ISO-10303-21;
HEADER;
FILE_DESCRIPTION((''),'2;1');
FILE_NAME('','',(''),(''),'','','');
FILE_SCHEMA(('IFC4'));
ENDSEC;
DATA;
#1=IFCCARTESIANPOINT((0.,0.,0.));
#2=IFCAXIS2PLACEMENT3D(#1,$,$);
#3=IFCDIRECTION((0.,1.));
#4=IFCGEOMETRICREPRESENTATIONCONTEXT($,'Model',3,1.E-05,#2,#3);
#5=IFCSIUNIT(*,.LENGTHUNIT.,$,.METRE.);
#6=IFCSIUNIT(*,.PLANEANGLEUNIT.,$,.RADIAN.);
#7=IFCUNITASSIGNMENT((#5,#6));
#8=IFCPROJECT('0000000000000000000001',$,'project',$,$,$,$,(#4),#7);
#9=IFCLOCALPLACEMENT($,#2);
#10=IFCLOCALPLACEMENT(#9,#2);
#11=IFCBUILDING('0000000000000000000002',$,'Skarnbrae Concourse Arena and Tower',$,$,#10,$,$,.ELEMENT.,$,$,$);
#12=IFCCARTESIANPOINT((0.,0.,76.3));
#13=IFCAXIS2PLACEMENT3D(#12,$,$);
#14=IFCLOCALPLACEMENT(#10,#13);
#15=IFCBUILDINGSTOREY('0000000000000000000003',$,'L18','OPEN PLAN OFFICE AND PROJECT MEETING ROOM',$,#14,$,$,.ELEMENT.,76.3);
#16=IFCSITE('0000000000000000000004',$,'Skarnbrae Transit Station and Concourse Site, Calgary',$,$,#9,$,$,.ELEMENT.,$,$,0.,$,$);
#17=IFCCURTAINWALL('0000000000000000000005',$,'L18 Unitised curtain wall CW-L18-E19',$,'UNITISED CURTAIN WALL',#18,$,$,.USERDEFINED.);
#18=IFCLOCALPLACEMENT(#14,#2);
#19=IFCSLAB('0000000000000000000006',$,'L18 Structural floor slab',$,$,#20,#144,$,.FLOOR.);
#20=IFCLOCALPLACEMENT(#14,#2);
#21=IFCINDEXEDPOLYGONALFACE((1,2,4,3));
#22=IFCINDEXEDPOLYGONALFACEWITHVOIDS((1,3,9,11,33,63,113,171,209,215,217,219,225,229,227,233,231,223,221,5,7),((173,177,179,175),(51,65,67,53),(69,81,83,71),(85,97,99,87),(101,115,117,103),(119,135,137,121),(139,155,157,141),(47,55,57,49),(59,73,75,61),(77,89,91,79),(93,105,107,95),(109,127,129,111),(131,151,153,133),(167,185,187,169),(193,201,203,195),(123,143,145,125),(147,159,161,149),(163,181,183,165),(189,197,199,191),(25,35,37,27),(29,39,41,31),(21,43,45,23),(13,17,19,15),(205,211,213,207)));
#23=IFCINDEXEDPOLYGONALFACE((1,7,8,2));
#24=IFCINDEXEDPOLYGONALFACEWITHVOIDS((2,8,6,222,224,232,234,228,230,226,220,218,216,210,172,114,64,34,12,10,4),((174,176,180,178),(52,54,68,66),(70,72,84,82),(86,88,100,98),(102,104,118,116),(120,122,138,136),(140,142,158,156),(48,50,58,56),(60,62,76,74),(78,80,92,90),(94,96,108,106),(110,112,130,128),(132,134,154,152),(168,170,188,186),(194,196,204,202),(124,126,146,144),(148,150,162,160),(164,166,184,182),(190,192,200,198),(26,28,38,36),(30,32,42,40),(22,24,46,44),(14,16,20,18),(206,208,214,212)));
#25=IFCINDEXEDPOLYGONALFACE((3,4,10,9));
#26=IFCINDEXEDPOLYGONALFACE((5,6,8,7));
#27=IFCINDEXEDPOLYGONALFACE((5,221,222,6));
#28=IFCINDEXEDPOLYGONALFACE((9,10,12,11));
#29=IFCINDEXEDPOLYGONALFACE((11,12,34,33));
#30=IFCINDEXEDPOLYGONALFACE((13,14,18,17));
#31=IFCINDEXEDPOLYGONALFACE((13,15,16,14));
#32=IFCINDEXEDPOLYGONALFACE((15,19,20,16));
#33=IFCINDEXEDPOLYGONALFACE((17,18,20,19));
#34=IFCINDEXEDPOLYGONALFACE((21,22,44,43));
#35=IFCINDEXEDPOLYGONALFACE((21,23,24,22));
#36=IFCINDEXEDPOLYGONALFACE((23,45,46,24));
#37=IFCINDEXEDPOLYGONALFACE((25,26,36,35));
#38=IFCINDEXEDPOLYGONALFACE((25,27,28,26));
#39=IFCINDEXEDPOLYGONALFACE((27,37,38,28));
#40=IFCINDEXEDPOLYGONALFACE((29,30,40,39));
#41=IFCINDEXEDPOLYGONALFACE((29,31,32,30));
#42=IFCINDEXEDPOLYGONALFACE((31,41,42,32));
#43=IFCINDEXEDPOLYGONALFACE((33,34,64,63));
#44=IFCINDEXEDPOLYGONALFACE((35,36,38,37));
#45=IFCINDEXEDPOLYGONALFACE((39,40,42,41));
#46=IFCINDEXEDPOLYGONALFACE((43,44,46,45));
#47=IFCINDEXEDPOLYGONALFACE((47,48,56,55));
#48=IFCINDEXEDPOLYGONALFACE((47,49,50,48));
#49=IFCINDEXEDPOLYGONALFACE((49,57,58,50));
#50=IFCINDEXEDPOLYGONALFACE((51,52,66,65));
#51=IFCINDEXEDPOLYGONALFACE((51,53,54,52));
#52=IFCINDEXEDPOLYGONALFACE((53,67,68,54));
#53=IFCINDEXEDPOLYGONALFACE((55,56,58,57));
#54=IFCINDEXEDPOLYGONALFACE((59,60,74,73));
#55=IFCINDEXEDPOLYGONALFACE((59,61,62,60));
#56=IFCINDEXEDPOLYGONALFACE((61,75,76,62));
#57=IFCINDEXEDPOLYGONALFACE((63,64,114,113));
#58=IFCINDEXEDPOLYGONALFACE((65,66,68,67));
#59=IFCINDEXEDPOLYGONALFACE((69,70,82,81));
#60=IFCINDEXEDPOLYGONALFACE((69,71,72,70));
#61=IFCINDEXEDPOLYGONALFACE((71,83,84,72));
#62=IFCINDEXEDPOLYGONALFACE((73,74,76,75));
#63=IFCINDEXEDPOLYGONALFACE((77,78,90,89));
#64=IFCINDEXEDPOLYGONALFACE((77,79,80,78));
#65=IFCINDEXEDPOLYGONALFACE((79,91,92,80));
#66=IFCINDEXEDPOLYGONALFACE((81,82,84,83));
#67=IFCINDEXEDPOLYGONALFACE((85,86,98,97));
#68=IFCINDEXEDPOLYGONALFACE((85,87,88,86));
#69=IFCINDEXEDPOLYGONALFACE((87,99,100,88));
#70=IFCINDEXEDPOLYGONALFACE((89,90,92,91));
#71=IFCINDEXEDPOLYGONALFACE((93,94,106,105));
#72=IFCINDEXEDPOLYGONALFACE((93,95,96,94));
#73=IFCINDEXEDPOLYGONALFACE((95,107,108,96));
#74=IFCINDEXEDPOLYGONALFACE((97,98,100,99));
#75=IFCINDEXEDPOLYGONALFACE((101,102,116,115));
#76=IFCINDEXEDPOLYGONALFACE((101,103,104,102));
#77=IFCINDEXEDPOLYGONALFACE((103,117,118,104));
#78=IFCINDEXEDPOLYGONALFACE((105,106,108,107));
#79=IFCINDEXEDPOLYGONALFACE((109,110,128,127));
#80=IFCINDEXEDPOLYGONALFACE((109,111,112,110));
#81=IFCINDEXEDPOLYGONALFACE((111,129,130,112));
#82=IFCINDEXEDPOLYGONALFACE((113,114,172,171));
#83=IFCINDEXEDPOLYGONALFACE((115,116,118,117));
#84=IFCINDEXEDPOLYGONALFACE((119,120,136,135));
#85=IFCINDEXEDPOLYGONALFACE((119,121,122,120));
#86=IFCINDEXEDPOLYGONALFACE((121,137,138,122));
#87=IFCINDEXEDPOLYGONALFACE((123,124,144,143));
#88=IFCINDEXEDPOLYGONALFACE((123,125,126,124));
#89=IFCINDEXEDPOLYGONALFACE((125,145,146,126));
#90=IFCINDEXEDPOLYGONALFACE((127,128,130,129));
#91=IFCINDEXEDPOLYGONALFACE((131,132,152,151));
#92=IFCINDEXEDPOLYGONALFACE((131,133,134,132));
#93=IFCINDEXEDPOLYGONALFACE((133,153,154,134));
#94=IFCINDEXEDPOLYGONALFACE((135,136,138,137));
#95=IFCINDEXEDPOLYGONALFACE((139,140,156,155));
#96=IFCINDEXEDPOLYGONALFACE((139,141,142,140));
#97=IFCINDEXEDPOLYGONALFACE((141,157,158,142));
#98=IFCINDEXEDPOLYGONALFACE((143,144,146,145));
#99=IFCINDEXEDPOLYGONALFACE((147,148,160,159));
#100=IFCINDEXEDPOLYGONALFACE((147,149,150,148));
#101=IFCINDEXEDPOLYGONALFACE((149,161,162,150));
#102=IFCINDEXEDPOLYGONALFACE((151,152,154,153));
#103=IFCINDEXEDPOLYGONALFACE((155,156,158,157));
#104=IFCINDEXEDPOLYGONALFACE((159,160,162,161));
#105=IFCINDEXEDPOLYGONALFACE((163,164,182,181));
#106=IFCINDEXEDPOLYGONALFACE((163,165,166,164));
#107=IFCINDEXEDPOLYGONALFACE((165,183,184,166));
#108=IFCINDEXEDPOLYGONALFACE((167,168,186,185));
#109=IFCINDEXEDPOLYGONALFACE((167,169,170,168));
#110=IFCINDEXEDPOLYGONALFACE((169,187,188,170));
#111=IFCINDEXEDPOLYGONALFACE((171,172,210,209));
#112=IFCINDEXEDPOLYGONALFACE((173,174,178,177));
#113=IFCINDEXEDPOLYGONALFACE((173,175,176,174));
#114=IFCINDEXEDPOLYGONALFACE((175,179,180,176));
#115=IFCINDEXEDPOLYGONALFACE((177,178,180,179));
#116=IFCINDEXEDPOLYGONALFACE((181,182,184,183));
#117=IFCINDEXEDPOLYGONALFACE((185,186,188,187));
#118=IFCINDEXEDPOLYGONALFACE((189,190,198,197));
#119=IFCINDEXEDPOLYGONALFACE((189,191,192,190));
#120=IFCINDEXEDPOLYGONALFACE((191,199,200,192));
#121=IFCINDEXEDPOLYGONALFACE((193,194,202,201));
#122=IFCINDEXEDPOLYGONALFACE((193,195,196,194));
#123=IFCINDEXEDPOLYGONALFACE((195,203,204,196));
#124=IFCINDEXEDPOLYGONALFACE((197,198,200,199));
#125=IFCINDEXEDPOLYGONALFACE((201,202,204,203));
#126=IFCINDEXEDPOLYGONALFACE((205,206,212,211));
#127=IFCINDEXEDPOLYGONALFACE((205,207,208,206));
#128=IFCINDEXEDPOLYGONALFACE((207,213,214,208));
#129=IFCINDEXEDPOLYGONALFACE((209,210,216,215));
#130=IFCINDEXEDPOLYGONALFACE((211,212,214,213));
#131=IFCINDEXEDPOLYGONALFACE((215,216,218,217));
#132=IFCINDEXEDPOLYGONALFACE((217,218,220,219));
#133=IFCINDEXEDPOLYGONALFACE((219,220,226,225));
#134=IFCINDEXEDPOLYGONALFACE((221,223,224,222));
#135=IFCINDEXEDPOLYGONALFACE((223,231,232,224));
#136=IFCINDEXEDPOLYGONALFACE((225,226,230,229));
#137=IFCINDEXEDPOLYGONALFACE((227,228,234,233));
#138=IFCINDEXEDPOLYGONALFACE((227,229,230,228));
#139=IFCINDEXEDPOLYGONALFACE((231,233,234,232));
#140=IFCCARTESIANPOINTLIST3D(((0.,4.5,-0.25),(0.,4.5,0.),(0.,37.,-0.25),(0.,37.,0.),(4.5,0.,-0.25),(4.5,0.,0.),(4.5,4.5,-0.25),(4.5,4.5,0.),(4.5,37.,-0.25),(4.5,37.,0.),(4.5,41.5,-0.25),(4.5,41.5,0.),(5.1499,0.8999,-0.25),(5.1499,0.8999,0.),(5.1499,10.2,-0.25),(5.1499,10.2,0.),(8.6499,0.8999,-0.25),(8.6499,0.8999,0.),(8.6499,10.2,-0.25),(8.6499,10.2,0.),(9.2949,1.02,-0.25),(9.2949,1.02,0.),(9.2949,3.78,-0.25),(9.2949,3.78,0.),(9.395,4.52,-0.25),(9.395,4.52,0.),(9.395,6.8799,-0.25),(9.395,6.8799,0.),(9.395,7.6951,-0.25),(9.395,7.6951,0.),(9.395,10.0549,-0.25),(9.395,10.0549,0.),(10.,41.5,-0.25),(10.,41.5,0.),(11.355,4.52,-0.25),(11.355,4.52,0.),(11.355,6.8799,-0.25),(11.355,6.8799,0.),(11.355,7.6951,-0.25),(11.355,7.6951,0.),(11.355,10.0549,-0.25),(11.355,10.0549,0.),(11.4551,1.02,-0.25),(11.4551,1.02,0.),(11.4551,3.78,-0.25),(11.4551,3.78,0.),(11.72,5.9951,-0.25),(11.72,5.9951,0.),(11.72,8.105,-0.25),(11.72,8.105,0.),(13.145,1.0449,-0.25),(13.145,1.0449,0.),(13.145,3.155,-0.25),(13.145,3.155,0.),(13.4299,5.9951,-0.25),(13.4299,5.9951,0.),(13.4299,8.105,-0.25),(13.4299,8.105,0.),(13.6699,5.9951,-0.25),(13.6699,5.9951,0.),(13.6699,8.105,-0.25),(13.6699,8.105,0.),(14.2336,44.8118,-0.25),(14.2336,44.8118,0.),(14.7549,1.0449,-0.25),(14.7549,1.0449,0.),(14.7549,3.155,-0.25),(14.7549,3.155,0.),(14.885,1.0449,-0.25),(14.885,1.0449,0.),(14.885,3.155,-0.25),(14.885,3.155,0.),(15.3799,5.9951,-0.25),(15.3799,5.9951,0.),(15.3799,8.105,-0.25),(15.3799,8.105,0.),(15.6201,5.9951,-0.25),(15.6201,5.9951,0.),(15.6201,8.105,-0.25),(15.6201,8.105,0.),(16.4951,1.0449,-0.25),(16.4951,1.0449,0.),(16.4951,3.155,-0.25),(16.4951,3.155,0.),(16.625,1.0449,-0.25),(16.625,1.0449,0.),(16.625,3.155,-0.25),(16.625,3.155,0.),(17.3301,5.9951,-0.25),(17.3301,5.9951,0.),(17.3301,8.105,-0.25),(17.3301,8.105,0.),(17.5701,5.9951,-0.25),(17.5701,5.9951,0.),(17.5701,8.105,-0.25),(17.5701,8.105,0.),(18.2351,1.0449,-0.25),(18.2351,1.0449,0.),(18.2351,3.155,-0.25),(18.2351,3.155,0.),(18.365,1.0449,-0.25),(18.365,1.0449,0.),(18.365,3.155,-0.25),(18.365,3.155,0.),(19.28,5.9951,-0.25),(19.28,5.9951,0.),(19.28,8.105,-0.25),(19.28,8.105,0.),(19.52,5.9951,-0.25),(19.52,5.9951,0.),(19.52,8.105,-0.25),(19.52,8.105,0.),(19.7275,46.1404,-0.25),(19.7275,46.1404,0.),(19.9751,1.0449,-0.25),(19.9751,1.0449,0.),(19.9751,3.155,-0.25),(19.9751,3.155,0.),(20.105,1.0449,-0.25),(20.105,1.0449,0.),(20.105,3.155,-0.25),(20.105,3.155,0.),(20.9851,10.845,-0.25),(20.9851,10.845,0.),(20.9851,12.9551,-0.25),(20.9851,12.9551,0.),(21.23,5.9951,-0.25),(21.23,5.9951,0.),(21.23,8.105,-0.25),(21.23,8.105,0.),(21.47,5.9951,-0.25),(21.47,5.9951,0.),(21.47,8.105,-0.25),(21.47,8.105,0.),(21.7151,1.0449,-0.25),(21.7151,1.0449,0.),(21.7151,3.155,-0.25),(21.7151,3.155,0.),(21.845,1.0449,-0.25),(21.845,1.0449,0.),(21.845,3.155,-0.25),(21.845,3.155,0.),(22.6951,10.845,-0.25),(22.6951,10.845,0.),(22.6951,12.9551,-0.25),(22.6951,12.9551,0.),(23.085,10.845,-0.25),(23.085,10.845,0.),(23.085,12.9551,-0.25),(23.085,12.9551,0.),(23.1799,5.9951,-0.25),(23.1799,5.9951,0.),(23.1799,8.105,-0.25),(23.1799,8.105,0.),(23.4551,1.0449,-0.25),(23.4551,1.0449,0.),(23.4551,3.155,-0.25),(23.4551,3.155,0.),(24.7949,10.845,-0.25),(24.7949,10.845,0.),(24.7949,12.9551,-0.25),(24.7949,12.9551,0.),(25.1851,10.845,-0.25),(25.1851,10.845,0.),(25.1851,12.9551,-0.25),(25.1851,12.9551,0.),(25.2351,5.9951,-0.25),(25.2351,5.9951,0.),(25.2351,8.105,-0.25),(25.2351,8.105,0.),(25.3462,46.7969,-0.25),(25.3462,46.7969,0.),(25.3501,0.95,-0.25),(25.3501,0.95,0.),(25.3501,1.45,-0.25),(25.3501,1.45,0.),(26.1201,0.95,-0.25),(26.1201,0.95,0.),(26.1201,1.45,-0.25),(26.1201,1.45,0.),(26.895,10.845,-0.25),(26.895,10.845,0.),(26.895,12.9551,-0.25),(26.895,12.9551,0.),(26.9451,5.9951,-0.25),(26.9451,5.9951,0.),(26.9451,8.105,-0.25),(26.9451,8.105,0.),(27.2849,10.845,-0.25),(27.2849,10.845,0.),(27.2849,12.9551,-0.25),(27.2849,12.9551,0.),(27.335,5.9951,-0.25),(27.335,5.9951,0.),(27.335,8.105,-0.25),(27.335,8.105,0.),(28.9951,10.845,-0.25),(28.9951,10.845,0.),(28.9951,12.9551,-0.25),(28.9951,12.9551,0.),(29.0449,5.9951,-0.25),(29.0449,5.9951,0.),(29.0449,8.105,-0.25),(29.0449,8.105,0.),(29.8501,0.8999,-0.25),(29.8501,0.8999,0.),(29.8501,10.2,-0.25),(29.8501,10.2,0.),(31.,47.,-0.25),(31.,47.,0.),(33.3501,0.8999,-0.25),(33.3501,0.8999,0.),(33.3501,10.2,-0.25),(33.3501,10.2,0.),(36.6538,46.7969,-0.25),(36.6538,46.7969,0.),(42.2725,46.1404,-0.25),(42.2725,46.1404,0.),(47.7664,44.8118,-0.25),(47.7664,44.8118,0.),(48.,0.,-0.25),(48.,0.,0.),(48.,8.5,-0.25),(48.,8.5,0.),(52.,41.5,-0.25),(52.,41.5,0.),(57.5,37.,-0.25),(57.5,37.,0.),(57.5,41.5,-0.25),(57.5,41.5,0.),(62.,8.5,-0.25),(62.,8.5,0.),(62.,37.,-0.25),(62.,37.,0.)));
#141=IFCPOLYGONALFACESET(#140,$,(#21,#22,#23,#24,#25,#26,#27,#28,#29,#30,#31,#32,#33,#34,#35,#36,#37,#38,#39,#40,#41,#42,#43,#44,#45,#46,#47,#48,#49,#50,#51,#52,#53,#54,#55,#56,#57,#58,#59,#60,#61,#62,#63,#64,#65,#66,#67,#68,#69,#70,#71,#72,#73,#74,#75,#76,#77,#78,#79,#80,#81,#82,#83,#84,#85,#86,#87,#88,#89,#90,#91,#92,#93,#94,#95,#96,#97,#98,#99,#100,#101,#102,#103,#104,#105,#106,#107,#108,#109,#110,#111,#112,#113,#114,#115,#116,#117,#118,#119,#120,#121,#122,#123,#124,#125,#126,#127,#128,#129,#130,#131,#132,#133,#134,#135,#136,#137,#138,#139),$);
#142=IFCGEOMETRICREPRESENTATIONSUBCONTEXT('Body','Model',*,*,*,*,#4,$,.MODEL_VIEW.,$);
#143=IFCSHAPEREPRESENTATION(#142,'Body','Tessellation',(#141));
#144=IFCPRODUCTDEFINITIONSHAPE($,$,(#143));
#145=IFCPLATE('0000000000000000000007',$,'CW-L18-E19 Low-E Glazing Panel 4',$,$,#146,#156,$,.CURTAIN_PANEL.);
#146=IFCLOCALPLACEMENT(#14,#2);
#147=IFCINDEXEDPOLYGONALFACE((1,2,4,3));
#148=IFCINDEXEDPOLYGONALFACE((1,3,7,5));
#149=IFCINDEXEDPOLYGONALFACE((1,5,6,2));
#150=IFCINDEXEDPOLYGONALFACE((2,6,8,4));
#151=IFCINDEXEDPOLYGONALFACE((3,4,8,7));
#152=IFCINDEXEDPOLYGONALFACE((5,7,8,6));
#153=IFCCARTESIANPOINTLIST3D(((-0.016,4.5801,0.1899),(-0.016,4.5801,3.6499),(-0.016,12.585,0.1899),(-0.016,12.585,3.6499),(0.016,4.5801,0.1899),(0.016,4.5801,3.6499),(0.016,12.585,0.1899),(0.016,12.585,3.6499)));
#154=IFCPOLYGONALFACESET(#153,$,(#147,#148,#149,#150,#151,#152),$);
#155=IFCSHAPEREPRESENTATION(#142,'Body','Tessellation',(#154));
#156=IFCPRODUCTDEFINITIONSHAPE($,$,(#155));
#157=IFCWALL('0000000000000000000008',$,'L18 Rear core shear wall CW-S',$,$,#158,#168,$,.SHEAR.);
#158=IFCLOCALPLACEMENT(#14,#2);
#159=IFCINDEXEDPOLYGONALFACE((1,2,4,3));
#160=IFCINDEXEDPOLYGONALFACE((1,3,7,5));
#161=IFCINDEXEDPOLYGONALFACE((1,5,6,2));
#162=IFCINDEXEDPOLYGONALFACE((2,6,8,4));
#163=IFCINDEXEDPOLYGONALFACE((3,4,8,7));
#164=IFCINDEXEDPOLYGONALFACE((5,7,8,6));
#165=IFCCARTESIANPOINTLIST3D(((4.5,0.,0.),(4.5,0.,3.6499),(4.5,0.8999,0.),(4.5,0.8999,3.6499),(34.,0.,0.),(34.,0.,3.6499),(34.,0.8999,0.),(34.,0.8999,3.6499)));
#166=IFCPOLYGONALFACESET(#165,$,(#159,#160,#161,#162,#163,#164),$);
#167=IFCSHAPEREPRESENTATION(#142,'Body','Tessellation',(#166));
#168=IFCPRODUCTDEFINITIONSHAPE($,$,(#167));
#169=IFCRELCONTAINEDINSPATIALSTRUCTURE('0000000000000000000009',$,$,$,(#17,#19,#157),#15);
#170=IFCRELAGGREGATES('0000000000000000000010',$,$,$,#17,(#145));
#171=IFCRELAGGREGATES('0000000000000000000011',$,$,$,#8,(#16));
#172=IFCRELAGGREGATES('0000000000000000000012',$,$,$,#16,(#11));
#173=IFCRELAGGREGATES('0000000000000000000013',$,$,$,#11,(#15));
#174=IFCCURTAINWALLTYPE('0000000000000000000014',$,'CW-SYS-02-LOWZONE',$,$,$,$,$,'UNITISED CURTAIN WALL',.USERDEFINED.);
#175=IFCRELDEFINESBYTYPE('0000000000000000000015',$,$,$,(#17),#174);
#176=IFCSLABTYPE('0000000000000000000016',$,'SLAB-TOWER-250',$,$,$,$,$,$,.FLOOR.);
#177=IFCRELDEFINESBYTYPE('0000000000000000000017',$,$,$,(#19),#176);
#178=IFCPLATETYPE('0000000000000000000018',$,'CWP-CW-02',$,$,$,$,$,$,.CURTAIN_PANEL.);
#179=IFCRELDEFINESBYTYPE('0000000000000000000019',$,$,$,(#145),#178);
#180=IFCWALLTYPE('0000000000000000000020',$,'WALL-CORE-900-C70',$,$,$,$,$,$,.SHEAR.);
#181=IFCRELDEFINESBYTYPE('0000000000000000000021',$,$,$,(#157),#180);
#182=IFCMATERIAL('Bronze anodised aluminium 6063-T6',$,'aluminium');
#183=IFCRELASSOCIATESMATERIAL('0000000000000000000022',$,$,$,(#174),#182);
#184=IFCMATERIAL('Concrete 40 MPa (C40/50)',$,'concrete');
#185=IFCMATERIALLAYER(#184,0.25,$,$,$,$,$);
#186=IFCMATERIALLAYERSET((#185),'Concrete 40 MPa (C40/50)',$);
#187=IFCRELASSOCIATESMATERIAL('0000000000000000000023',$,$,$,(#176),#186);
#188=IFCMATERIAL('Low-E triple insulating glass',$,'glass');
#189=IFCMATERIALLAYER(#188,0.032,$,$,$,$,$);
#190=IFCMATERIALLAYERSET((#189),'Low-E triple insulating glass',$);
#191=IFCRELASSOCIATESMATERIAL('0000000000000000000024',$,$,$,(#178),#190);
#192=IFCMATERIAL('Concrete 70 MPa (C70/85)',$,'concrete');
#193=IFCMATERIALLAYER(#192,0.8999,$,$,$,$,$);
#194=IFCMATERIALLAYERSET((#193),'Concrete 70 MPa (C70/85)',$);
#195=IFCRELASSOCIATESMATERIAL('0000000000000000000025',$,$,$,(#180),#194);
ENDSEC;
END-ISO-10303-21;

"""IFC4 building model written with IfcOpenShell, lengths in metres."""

from ifc_helpers import new_model, si_unit, direction, frame, frame_2d, origin, origin_2d, place, context, subcontext, project, spatial, polyline, rectangle, outline, extrude, source, transform, mapped, material, layer, layer_set, type_object, element, aggregate, save


model = new_model("IFC4")

# Units and contexts
model_context = context("Model", 3, precision=1e-05, world=origin(), true_north=direction((0.0, 1.0)))
body_context = subcontext(model_context, "Body", "Model", "MODEL_VIEW")
ifc_project = project(units=[si_unit("LENGTHUNIT", "METRE"), si_unit("PLANEANGLEUNIT", "RADIAN")], contexts=[model_context])

# Site, building, storey
site_placement = place(None, origin())
site = spatial("IfcSite", under=ifc_project, at=site_placement, Name="Skarnbrae Transit Station and Concourse Site, Calgary", CompositionType="ELEMENT", RefElevation=0.0)
building_placement = place(site_placement, origin())
building = spatial("IfcBuilding", under=site, at=building_placement, Name="Skarnbrae Concourse Arena and Tower", CompositionType="ELEMENT")
storey_placement = place(building_placement, frame((0.0, 0.0, 76.3)))
storey = spatial("IfcBuildingStorey", under=building, at=storey_placement, Name="L18", Description="OPEN PLAN OFFICE AND PROJECT MEETING ROOM", CompositionType="ELEMENT", Elevation=76.3)

# Curtain wall
ifc_material_1 = material(Name="Bronze anodised aluminium 6063-T6", Category="aluminium")
curtain_wall_type = type_object("IfcCurtainWallType", Name="CW-SYS-02-LOWZONE", ElementType="UNITISED CURTAIN WALL", PredefinedType="USERDEFINED", material=ifc_material_1)
curtain_wall_placement = place(storey_placement, origin())
curtain_wall = element("IfcCurtainWall", 1, at=curtain_wall_placement, inside=storey, type_object=curtain_wall_type, Name="L18 Unitised curtain wall CW-L18-E19", ObjectType="UNITISED CURTAIN WALL", PredefinedType="USERDEFINED")

# Shared definitions
ifc_material_2 = material(Name="Concrete 40 MPa (C40/50)", Category="concrete")

# Slab
ifc_layer_1 = layer(ifc_material_2, 0.25)
ifc_layer_set_1 = layer_set([ifc_layer_1], Name="Concrete 40 MPa (C40/50)")
slab_type_1 = type_object("IfcSlabType", Name="SLAB-TOWER-250", PredefinedType="FLOOR", material=ifc_layer_set_1)
slab_1_placement = place(storey_placement, frame((0.0, 0.0, -0.25)))
element("IfcSlab", 2, at=slab_1_placement, inside=storey, type_object=slab_type_1, Name="L18 Structural floor slab", PredefinedType="FLOOR", context=body_context, shape_type="SweptSolid", body=[
    extrude(outline(polyline([(4.5, 0.0), (48.0, 0.0), (48.0, 8.5), (62.0, 8.5), (62.0, 37.0), (57.5, 37.0), (57.5, 41.5), (52.0, 41.5), (47.7664, 44.8118), (42.2725, 46.1404), (36.6538, 46.7969), (31.0, 47.0), (25.3462, 46.7969), (19.7275, 46.1404), (14.2336, 44.8118), (10.0, 41.5), (4.5, 41.5), (4.5, 37.0), (0.0, 37.0), (0.0, 4.5), (4.5, 4.5), (4.5, 0.0)]), holes=[polyline([(13.145, 3.155), (14.7549, 3.155), (14.7549, 1.0449), (13.145, 1.0449), (13.145, 3.155)]), polyline([(16.4951, 3.155), (16.4951, 1.0449), (14.885, 1.0449), (14.885, 3.155), (16.4951, 3.155)]), polyline([(18.2351, 3.155), (18.2351, 1.0449), (16.625, 1.0449), (16.625, 3.155), (18.2351, 3.155)]), polyline([(18.365, 3.155), (19.9751, 3.155), (19.9751, 1.0449), (18.365, 1.0449), (18.365, 3.155)]), polyline([(11.4551, 3.78), (11.4551, 1.02), (9.2949, 1.02), (9.2949, 3.78), (11.4551, 3.78)]), polyline([(8.6499, 0.8999), (5.1499, 0.8999), (5.1499, 10.2), (8.6499, 10.2), (8.6499, 0.8999)]), polyline([(9.395, 6.8799), (11.355, 6.8799), (11.355, 4.52), (9.395, 4.52), (9.395, 6.8799)]), polyline([(13.4299, 8.105), (13.4299, 5.9951), (11.72, 5.9951), (11.72, 8.105), (13.4299, 8.105)]), polyline([(15.3799, 8.105), (15.3799, 5.9951), (13.6699, 5.9951), (13.6699, 8.105), (15.3799, 8.105)]), polyline([(15.6201, 8.105), (17.3301, 8.105), (17.3301, 5.9951), (15.6201, 5.9951), (15.6201, 8.105)]), polyline([(19.28, 8.105), (19.28, 5.9951), (17.5701, 5.9951), (17.5701, 8.105), (19.28, 8.105)]), polyline([(11.355, 10.0549), (11.355, 7.6951), (9.395, 7.6951), (9.395, 10.0549), (11.355, 10.0549)]), polyline([(25.3501, 1.45), (26.1201, 1.45), (26.1201, 0.95), (25.3501, 0.95), (25.3501, 1.45)]), polyline([(21.7151, 3.155), (21.7151, 1.0449), (20.105, 1.0449), (20.105, 3.155), (21.7151, 3.155)]), polyline([(23.4551, 3.155), (23.4551, 1.0449), (21.845, 1.0449), (21.845, 3.155), (23.4551, 3.155)]), polyline([(33.3501, 10.2), (33.3501, 0.8999), (29.8501, 0.8999), (29.8501, 10.2), (33.3501, 10.2)]), polyline([(21.23, 8.105), (21.23, 5.9951), (19.52, 5.9951), (19.52, 8.105), (21.23, 8.105)]), polyline([(23.1799, 8.105), (23.1799, 5.9951), (21.47, 5.9951), (21.47, 8.105), (23.1799, 8.105)]), polyline([(25.2351, 8.105), (26.9451, 8.105), (26.9451, 5.9951), (25.2351, 5.9951), (25.2351, 8.105)]), polyline([(29.0449, 8.105), (29.0449, 5.9951), (27.335, 5.9951), (27.335, 8.105), (29.0449, 8.105)]), polyline([(22.6951, 12.9551), (22.6951, 10.845), (20.9851, 10.845), (20.9851, 12.9551), (22.6951, 12.9551)]), polyline([(23.085, 12.9551), (24.7949, 12.9551), (24.7949, 10.845), (23.085, 10.845), (23.085, 12.9551)]), polyline([(26.895, 12.9551), (26.895, 10.845), (25.1851, 10.845), (25.1851, 12.9551), (26.895, 12.9551)]), polyline([(28.9951, 12.9551), (28.9951, 10.845), (27.2849, 10.845), (27.2849, 12.9551), (28.9951, 12.9551)])]), origin(), (0.0, 0.0, 1.0), 0.25),
])

# Plate
ifc_material_3 = material(Name="Low-E triple insulating glass", Category="glass")
ifc_layer_2 = layer(ifc_material_3, 0.032)
ifc_layer_set_2 = layer_set([ifc_layer_2], Name="Low-E triple insulating glass")
plate_type = type_object("IfcPlateType", Name="CWP-CW-02", PredefinedType="CURTAIN_PANEL", material=ifc_layer_set_2)
shared_shape_1 = source(origin(), body_context, "Body", "SweptSolid", [
    extrude(rectangle(XDim=8.0049, YDim=0.032, at=origin_2d()), origin(), (0.0, 0.0, 1.0), 3.46),
])
plate_placement = place(storey_placement, frame((0.0, 8.5825, 0.1899), z_axis=(0.0, 0.0, 1.0), x_axis=(0.0, -1.0, 0.0)))
plate = element("IfcPlate", 3, at=plate_placement, type_object=plate_type, Name="CW-L18-E19 Low-E Glazing Panel 4", PredefinedType="CURTAIN_PANEL", context=body_context, shape_type="MappedRepresentation", body=[
    mapped(shared_shape_1, transform((0.0, 0.0, 0.0))),
])
aggregate(curtain_wall, [plate])

# Wall
ifc_material_4 = material(Name="Concrete 70 MPa (C70/85)", Category="concrete")
ifc_layer_3 = layer(ifc_material_4, 0.8999)
ifc_layer_set_3 = layer_set([ifc_layer_3], Name="Concrete 70 MPa (C70/85)")
wall_type_1 = type_object("IfcWallType", Name="WALL-CORE-900-C70", PredefinedType="SHEAR", material=ifc_layer_set_3)
shared_shape_2 = source(origin(), body_context, "Body", "SweptSolid", [
    extrude(rectangle(XDim=29.5, YDim=0.8999, at=frame_2d((14.75, 0.0))), origin(), (0.0, 0.0, 1.0), 3.6499),
])
wall_1_placement = place(storey_placement, frame((4.5, 0.45, 0.0), z_axis=(0.0, 0.0, 1.0), x_axis=(1.0, 0.0, 0.0)))
element("IfcWall", 4, at=wall_1_placement, inside=storey, type_object=wall_type_1, Name="L18 Rear core shear wall CW-S", PredefinedType="SHEAR", context=body_context, shape_type="MappedRepresentation", body=[
    mapped(shared_shape_2, transform((0.0, 0.0, 0.0))),
])

save(model, "model.ifc")
